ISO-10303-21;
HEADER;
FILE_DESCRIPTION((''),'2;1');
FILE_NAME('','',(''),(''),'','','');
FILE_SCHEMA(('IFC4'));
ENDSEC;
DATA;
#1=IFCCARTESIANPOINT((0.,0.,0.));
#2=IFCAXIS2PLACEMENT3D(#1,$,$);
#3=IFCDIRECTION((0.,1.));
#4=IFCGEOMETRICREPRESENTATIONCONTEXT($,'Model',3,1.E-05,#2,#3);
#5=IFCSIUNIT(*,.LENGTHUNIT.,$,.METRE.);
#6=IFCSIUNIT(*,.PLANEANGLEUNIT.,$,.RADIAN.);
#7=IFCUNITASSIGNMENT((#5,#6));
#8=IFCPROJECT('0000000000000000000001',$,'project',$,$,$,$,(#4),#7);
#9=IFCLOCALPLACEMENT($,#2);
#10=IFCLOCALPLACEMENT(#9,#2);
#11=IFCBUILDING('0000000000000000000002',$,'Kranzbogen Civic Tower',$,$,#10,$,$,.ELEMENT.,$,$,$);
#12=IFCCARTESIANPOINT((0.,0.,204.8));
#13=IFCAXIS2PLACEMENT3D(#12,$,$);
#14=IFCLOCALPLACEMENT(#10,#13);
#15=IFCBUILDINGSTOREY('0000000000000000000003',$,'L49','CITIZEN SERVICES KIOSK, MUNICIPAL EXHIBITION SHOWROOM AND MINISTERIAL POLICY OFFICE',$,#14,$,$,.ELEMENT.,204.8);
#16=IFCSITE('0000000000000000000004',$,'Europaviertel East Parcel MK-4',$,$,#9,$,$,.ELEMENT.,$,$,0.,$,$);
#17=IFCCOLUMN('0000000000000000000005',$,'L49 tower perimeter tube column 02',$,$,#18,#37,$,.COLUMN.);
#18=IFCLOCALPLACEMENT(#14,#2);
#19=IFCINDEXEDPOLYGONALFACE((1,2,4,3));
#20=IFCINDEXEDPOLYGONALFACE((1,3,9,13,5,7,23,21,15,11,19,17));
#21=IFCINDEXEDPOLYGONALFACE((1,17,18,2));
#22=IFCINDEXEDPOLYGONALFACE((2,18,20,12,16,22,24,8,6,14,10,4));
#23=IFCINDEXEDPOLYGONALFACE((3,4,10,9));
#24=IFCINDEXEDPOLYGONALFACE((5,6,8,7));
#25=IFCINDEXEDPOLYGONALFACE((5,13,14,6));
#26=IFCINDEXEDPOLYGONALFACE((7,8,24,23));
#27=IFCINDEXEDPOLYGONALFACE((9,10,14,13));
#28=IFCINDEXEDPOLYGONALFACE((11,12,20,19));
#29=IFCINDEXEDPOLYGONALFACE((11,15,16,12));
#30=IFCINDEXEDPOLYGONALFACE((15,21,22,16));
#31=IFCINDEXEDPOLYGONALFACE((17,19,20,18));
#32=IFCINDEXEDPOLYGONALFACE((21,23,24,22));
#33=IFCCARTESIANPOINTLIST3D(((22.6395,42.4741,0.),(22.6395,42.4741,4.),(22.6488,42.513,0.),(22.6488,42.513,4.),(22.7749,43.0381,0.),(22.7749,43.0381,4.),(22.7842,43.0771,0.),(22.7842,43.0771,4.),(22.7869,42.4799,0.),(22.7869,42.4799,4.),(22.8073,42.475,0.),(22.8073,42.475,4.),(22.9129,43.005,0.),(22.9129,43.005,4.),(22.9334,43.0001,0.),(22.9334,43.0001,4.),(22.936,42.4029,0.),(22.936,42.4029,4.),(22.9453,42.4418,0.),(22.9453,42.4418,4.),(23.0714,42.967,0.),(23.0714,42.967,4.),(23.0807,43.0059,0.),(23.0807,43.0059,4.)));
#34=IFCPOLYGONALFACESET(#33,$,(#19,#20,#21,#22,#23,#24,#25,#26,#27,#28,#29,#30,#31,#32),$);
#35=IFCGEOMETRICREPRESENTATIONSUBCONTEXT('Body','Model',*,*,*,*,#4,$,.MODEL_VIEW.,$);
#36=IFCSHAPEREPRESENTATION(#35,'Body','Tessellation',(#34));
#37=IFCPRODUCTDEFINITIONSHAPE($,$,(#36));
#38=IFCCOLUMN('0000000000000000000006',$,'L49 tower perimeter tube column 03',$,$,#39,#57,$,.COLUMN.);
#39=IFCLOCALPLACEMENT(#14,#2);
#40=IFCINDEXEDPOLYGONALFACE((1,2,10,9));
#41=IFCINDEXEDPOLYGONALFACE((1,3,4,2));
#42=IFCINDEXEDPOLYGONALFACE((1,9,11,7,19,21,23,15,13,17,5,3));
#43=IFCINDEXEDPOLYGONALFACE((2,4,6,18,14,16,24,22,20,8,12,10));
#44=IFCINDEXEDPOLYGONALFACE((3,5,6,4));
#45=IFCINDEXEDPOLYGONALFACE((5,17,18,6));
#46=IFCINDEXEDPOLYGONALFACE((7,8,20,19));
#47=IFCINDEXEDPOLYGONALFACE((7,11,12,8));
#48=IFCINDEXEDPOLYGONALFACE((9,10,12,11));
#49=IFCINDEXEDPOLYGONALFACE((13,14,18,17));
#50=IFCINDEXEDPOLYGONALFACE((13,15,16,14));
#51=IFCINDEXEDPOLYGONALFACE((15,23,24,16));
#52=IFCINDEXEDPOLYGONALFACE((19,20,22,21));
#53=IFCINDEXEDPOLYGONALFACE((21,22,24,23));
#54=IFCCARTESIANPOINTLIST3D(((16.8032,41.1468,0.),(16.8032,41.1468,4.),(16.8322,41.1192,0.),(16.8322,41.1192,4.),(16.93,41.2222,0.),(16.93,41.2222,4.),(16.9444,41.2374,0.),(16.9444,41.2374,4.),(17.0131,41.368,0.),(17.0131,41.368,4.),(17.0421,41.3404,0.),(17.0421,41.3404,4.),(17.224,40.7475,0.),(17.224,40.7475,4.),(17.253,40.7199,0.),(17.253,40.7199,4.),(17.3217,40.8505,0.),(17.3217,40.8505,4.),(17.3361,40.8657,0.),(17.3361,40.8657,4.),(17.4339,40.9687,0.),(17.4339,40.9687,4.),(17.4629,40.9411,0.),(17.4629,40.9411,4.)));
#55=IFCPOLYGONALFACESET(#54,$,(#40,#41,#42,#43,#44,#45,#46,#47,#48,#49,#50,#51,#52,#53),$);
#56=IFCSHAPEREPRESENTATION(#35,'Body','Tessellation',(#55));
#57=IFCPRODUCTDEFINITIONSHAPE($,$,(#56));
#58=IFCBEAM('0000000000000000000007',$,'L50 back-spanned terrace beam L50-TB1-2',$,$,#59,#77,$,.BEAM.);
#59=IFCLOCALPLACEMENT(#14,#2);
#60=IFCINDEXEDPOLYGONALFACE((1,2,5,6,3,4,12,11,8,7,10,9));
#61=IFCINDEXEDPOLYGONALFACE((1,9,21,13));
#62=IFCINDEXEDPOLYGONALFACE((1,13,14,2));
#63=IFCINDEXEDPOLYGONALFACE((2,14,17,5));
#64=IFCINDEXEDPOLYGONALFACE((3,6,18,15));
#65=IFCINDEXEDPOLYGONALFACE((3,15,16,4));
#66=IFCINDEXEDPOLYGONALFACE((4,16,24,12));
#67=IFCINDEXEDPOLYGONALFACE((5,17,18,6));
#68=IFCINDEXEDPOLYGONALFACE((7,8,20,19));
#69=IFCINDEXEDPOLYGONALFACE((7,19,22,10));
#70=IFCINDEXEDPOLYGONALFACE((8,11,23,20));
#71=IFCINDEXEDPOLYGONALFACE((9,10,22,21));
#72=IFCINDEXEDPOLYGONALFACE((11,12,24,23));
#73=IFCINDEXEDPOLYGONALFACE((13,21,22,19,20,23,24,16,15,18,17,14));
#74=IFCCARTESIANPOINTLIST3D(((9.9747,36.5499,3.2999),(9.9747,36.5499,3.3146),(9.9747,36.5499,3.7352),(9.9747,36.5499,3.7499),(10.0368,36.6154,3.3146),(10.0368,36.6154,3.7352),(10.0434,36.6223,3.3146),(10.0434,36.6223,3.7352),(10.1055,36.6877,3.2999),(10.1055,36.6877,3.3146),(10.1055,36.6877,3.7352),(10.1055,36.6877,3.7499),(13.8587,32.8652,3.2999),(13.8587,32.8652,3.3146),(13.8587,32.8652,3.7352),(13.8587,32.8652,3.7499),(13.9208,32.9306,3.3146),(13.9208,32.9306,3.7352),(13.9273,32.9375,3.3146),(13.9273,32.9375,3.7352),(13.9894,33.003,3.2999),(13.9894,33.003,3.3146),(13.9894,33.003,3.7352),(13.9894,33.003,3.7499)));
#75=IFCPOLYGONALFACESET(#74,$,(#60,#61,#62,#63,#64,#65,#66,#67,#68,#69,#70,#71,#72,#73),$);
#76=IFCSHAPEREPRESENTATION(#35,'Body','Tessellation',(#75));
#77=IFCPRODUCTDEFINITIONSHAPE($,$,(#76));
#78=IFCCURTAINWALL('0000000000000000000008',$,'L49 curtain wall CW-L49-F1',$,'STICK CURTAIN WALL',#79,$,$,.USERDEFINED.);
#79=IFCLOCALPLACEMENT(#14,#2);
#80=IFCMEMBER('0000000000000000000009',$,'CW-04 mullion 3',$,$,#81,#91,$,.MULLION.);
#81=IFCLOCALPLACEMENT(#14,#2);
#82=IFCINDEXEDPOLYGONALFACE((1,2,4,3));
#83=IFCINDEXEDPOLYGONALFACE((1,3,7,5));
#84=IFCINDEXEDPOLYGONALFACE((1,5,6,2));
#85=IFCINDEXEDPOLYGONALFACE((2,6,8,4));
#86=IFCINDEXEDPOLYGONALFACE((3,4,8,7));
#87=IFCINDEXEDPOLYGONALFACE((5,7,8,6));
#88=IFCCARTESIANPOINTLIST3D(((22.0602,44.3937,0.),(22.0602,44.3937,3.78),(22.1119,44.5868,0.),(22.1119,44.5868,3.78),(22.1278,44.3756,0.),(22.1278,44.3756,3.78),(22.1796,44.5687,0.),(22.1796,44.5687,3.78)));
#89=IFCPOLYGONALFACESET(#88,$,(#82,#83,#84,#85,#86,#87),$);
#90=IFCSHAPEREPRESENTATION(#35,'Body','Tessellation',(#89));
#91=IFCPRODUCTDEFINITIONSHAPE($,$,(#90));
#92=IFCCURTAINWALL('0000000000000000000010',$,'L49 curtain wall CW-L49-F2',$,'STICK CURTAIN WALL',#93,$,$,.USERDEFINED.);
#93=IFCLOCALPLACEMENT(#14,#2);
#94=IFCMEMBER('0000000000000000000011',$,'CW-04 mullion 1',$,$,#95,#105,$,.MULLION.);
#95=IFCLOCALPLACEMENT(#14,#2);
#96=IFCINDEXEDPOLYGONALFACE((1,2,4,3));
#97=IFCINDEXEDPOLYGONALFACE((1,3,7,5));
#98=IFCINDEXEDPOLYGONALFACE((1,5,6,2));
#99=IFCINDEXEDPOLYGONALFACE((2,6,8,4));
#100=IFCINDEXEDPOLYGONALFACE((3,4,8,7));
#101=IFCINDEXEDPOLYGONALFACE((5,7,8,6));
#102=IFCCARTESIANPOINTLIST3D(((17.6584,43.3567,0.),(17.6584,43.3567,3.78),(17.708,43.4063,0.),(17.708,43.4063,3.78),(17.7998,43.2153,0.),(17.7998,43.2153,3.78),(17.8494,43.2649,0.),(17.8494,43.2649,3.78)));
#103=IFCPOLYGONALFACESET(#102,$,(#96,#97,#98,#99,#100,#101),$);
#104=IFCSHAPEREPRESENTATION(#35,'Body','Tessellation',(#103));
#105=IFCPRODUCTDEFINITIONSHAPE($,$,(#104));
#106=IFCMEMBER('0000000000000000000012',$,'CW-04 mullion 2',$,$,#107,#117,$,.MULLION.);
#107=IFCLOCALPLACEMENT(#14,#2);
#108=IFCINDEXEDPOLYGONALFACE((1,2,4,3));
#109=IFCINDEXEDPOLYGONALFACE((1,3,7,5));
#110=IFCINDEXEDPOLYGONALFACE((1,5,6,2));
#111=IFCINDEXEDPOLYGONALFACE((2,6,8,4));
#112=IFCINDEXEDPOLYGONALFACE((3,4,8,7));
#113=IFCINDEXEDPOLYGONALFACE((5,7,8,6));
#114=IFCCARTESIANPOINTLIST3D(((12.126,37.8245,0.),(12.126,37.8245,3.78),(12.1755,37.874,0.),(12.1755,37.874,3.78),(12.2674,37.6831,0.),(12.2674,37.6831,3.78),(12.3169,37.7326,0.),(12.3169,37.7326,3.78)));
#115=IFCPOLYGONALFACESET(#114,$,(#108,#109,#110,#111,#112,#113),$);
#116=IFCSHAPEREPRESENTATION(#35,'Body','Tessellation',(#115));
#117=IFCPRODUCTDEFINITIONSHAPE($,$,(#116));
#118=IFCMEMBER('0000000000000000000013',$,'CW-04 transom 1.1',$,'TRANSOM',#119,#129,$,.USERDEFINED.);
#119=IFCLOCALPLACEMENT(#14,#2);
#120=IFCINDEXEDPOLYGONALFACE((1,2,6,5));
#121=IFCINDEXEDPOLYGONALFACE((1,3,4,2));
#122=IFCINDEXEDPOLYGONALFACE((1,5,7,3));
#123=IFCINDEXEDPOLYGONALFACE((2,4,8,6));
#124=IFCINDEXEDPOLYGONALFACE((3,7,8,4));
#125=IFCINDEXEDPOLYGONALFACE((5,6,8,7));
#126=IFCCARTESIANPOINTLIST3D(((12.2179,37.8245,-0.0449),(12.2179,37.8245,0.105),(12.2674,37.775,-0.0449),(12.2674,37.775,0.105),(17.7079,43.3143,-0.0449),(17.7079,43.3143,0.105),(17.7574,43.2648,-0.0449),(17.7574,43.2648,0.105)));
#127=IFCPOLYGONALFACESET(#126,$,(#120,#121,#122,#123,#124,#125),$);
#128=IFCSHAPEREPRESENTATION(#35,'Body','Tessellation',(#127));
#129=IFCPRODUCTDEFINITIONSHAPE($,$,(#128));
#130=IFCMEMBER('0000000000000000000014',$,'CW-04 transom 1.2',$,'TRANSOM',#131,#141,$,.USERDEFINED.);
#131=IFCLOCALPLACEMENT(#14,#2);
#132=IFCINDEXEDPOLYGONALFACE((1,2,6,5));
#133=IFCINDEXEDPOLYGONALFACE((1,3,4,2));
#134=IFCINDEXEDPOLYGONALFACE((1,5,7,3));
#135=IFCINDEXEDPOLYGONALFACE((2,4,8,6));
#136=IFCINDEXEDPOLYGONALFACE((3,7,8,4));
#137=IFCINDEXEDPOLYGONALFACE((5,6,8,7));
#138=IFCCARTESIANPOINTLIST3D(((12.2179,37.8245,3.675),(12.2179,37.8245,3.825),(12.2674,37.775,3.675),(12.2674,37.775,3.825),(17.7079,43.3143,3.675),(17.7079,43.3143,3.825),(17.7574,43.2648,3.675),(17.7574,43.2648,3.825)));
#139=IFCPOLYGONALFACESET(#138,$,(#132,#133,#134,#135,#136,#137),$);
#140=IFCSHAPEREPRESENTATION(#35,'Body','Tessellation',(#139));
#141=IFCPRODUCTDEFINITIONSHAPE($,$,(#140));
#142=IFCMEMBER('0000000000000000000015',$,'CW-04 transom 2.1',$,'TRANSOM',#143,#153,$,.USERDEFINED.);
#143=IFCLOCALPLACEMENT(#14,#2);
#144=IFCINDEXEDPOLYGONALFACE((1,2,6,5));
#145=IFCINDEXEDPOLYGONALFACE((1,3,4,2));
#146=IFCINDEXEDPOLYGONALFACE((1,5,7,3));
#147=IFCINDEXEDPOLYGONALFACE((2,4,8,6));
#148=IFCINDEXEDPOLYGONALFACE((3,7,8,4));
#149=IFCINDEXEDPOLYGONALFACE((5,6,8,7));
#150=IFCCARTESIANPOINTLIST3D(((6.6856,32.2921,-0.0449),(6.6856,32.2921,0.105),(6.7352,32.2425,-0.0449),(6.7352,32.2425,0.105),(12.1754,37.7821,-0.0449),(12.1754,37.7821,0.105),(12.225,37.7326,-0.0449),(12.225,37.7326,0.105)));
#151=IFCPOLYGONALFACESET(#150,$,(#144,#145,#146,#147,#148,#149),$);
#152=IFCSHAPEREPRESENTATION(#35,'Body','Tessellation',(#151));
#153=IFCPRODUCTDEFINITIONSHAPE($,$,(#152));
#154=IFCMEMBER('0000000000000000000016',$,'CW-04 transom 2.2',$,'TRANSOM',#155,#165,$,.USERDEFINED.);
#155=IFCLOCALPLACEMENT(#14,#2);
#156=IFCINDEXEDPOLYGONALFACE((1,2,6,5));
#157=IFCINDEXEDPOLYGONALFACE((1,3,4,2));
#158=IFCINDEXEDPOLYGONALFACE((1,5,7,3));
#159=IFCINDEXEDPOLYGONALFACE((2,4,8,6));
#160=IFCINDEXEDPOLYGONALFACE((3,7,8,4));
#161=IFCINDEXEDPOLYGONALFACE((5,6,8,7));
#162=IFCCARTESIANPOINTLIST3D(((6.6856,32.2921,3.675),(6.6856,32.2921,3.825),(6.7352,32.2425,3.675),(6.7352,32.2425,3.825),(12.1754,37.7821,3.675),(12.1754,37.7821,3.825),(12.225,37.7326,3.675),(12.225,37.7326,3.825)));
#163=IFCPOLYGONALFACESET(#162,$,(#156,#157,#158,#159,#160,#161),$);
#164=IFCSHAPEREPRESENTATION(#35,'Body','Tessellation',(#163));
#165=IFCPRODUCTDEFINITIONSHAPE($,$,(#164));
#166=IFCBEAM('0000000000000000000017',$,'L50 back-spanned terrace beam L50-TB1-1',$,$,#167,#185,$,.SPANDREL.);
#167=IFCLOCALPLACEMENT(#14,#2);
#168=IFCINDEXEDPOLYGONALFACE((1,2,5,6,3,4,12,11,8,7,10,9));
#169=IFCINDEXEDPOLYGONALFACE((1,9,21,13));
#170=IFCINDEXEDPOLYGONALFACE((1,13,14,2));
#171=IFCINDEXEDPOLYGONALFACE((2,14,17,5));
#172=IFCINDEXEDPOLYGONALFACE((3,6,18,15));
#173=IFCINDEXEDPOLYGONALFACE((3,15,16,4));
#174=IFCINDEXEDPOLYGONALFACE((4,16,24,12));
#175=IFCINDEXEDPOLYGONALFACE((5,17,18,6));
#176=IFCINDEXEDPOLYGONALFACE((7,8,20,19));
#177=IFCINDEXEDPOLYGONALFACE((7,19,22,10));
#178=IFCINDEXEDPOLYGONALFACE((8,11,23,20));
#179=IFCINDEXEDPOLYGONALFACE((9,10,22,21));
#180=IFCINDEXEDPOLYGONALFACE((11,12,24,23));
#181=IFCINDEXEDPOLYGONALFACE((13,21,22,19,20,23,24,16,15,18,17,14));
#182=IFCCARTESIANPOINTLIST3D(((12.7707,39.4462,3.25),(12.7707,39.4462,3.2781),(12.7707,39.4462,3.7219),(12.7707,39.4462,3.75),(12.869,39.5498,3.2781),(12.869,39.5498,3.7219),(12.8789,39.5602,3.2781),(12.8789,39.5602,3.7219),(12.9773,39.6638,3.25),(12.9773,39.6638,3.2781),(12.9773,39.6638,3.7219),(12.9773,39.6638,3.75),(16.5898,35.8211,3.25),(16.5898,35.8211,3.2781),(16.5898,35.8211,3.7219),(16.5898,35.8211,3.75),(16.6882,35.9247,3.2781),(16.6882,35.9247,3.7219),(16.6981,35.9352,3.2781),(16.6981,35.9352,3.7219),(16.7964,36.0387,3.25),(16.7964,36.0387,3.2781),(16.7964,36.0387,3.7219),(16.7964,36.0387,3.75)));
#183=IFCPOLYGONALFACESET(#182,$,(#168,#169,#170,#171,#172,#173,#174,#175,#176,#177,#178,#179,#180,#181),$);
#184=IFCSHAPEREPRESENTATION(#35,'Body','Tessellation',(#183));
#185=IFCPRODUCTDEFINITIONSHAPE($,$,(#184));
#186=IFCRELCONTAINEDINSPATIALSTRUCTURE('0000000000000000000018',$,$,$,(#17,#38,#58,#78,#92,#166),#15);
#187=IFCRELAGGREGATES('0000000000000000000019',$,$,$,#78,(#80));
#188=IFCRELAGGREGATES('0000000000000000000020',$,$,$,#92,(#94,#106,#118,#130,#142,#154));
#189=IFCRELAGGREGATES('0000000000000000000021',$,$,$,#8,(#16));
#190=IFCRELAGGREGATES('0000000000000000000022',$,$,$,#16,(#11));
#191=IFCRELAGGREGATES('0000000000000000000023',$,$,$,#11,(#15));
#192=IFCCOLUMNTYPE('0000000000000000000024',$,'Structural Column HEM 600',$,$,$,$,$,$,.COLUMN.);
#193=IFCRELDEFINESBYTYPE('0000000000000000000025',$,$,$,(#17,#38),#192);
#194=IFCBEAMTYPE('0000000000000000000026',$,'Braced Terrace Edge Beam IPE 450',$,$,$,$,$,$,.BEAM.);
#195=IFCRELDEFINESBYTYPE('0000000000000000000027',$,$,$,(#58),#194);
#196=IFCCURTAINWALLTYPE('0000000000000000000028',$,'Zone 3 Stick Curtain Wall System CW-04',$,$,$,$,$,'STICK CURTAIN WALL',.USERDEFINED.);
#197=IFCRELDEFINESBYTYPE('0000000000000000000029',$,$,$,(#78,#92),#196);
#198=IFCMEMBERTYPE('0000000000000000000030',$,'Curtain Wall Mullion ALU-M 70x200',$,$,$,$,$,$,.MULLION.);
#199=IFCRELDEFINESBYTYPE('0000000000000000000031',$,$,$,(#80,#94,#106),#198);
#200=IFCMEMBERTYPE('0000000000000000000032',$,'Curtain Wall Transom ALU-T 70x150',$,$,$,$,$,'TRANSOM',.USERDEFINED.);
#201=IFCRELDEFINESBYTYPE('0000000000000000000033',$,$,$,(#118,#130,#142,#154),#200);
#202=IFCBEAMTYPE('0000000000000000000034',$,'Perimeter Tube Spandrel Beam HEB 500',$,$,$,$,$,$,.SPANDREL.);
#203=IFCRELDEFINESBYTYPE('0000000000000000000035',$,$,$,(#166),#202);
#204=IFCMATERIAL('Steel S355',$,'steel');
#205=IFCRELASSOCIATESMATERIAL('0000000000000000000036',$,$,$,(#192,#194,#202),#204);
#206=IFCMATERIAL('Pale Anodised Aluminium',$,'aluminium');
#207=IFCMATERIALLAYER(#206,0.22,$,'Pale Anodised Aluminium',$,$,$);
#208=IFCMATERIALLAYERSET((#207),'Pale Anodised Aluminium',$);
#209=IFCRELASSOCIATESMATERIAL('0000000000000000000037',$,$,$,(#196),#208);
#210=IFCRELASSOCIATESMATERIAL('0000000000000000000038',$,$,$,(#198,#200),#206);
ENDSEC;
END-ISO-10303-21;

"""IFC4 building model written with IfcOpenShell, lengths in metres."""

from ifc_helpers import new_model, si_unit, direction, frame, origin, origin_2d, place, context, subcontext, project, spatial, rectangle, i_section, extrude, material, layer, layer_set, material_profile, profile_set, type_object, element, aggregate, save


model = new_model("IFC4")

# Units and contexts
model_context = context("Model", 3, precision=1e-05, world=origin(), true_north=direction((0.0, 1.0)))
body_context = subcontext(model_context, "Body", "Model", "MODEL_VIEW")
ifc_project = project(units=[si_unit("LENGTHUNIT", "METRE"), si_unit("PLANEANGLEUNIT", "RADIAN")], contexts=[model_context])

# Site, building, storey
site_placement = place(None, origin())
site = spatial("IfcSite", under=ifc_project, at=site_placement, Name="Europaviertel East Parcel MK-4", CompositionType="ELEMENT", RefElevation=0.0)
building_placement = place(site_placement, origin())
building = spatial("IfcBuilding", under=site, at=building_placement, Name="Kranzbogen Civic Tower", CompositionType="ELEMENT")
storey_placement = place(building_placement, frame((0.0, 0.0, 204.8)))
storey = spatial("IfcBuildingStorey", under=building, at=storey_placement, Name="L49", Description="CITIZEN SERVICES KIOSK, MUNICIPAL EXHIBITION SHOWROOM AND MINISTERIAL POLICY OFFICE", CompositionType="ELEMENT", Elevation=204.8)

# Columns
ifc_material_1 = material(Name="Steel S355", Category="steel")
ifc_material_profile_1 = material_profile(ifc_material_1, i_section(OverallWidth=0.3049, OverallDepth=0.6201, WebThickness=0.021, FlangeThickness=0.04, at=origin_2d()), Name="HEM 600")
ifc_profile_set_1 = profile_set([ifc_material_profile_1], Name="Steel S355")
column_type = type_object("IfcColumnType", Name="Structural Column HEM 600", PredefinedType="COLUMN", material=ifc_profile_set_1)
for number, where, z_axis, x_axis, name in (
    (1, (22.8601, 42.74, 0.0), (0.0, 0.0, 1.0), (-0.97237, 0.233445, 0.0), "L49 tower perimeter tube column 02"),
    (2, (17.1331, 41.0439, 0.0), (0.0, 0.0, 1.0), (0.688355, 0.725374, 0.0), "L49 tower perimeter tube column 03"),
):
    element("IfcColumn", number, at=place(storey_placement, frame(where, z_axis=z_axis, x_axis=x_axis)), inside=storey, type_object=column_type, Name=name, PredefinedType="COLUMN", context=body_context, shape_type="SweptSolid", body=[
        extrude(i_section(OverallWidth=0.3049, OverallDepth=0.6201, WebThickness=0.021, FlangeThickness=0.04, at=origin_2d()), origin(), (0.0, 0.0, 1.0), 4.0),
    ])

# Beam
ifc_material_profile_2 = material_profile(ifc_material_1, i_section(OverallWidth=0.1899, OverallDepth=0.45, WebThickness=0.0095, FlangeThickness=0.0146, at=origin_2d()), Name="IPE 450")
ifc_profile_set_2 = profile_set([ifc_material_profile_2], Name="Steel S355")
beam_type_1 = type_object("IfcBeamType", Name="Braced Terrace Edge Beam IPE 450", PredefinedType="BEAM", material=ifc_profile_set_2)
beam_1_placement = place(storey_placement, frame((13.9241, 32.9341, 3.5249), z_axis=(-0.725467, 0.688257, 0.0), x_axis=(-0.688257, -0.725467, 0.0)))
element("IfcBeam", 3, at=beam_1_placement, inside=storey, type_object=beam_type_1, Name="L50 back-spanned terrace beam L50-TB1-2", PredefinedType="BEAM", context=body_context, shape_type="SweptSolid", body=[
    extrude(i_section(OverallWidth=0.1899, OverallDepth=0.45, WebThickness=0.0095, FlangeThickness=0.0146, at=origin_2d()), origin(), (0.0, 0.0, 1.0), 5.3538),
])

# Curtain wall, member
ifc_material_2 = material(Name="Pale Anodised Aluminium", Category="aluminium")
ifc_layer_1 = layer(ifc_material_2, 0.22, Name="Pale Anodised Aluminium")
ifc_layer_set_1 = layer_set([ifc_layer_1], Name="Pale Anodised Aluminium")
curtain_wall_type = type_object("IfcCurtainWallType", Name="Zone 3 Stick Curtain Wall System CW-04", ElementType="STICK CURTAIN WALL", PredefinedType="USERDEFINED", material=ifc_layer_set_1)
curtain_wall_1_placement = place(storey_placement, origin())
curtain_wall_1 = element("IfcCurtainWall", 4, at=curtain_wall_1_placement, inside=storey, type_object=curtain_wall_type, Name="L49 curtain wall CW-L49-F1", ObjectType="STICK CURTAIN WALL", PredefinedType="USERDEFINED")
ifc_material_profile_3 = material_profile(ifc_material_2, rectangle(XDim=0.0701, YDim=0.2, at=origin_2d()), Name="ALU-M 70x200")
ifc_profile_set_3 = profile_set([ifc_material_profile_3], Name="Pale Anodised Aluminium")
member_type_1 = type_object("IfcMemberType", Name="Curtain Wall Mullion ALU-M 70x200", PredefinedType="MULLION", material=ifc_profile_set_3)
member_1_placement = place(storey_placement, frame((22.1199, 44.4812, 0.0), z_axis=(0.0, 0.0, 1.0), x_axis=(-0.965919, 0.258843, 0.0)))
member_1 = element("IfcMember", 5, at=member_1_placement, type_object=member_type_1, Name="CW-04 mullion 3", PredefinedType="MULLION", context=body_context, shape_type="SweptSolid", body=[
    extrude(rectangle(XDim=0.0701, YDim=0.2, at=origin_2d()), origin(), (0.0, 0.0, 1.0), 3.78),
])
aggregate(curtain_wall_1, [member_1])

# Curtain wall, members
curtain_wall_2_placement = place(storey_placement, origin())
curtain_wall_2 = element("IfcCurtainWall", 6, at=curtain_wall_2_placement, inside=storey, type_object=curtain_wall_type, Name="L49 curtain wall CW-L49-F2", ObjectType="STICK CURTAIN WALL", PredefinedType="USERDEFINED")
member_2_placement = place(storey_placement, frame((17.7539, 43.3108, 0.0), z_axis=(0.0, 0.0, 1.0), x_axis=(-0.707107, -0.707107, 0.0)))
member_2 = element("IfcMember", 7, at=member_2_placement, type_object=member_type_1, Name="CW-04 mullion 1", PredefinedType="MULLION", context=body_context, shape_type="SweptSolid", body=[
    extrude(rectangle(XDim=0.0701, YDim=0.2, at=origin_2d()), origin(), (0.0, 0.0, 1.0), 3.78),
])
member_3_placement = place(storey_placement, frame((12.2214, 37.7786, 0.0), z_axis=(0.0, 0.0, 1.0), x_axis=(-0.707107, -0.707107, 0.0)))
member_3 = element("IfcMember", 8, at=member_3_placement, type_object=member_type_1, Name="CW-04 mullion 2", PredefinedType="MULLION", context=body_context, shape_type="SweptSolid", body=[
    extrude(rectangle(XDim=0.0701, YDim=0.2, at=origin_2d()), origin(), (0.0, 0.0, 1.0), 3.78),
])
ifc_material_profile_4 = material_profile(ifc_material_2, rectangle(XDim=0.0701, YDim=0.1499, at=origin_2d()), Name="ALU-T 70x150")
ifc_profile_set_4 = profile_set([ifc_material_profile_4], Name="Pale Anodised Aluminium")
member_type_2 = type_object("IfcMemberType", Name="Curtain Wall Transom ALU-T 70x150", ElementType="TRANSOM", PredefinedType="USERDEFINED", material=ifc_profile_set_4)
member_4_placement = place(storey_placement, frame((17.7327, 43.2896, 0.03), z_axis=(-0.707123, -0.707091, 0.0), x_axis=(0.707091, -0.707123, 0.0)))
member_4 = element("IfcMember", 9, at=member_4_placement, type_object=member_type_2, Name="CW-04 transom 1.1", ObjectType="TRANSOM", PredefinedType="USERDEFINED", context=body_context, shape_type="SweptSolid", body=[
    extrude(rectangle(XDim=0.0701, YDim=0.1499, at=origin_2d()), origin(), (0.0, 0.0, 1.0), 7.7639),
])
member_5_placement = place(storey_placement, frame((17.7327, 43.2896, 3.75), z_axis=(-0.707123, -0.707091, 0.0), x_axis=(0.707091, -0.707123, 0.0)))
member_5 = element("IfcMember", 10, at=member_5_placement, type_object=member_type_2, Name="CW-04 transom 1.2", ObjectType="TRANSOM", PredefinedType="USERDEFINED", context=body_context, shape_type="SweptSolid", body=[
    extrude(rectangle(XDim=0.0701, YDim=0.1499, at=origin_2d()), origin(), (0.0, 0.0, 1.0), 7.7639),
])
member_6_placement = place(storey_placement, frame((12.2002, 37.7573, 0.03), z_axis=(-0.707091, -0.707123, 0.0), x_axis=(0.707123, -0.707091, 0.0)))
member_6 = element("IfcMember", 11, at=member_6_placement, type_object=member_type_2, Name="CW-04 transom 2.1", ObjectType="TRANSOM", PredefinedType="USERDEFINED", context=body_context, shape_type="SweptSolid", body=[
    extrude(rectangle(XDim=0.0701, YDim=0.1499, at=origin_2d()), origin(), (0.0, 0.0, 1.0), 7.7639),
])
member_7_placement = place(storey_placement, frame((12.2002, 37.7573, 3.75), z_axis=(-0.707091, -0.707123, 0.0), x_axis=(0.707123, -0.707091, 0.0)))
member_7 = element("IfcMember", 12, at=member_7_placement, type_object=member_type_2, Name="CW-04 transom 2.2", ObjectType="TRANSOM", PredefinedType="USERDEFINED", context=body_context, shape_type="SweptSolid", body=[
    extrude(rectangle(XDim=0.0701, YDim=0.1499, at=origin_2d()), origin(), (0.0, 0.0, 1.0), 7.7639),
])

# Beam
ifc_material_profile_5 = material_profile(ifc_material_1, i_section(OverallWidth=0.3, OverallDepth=0.5, WebThickness=0.0144, FlangeThickness=0.0281, at=origin_2d()), Name="HEB 500")
ifc_profile_set_5 = profile_set([ifc_material_profile_5], Name="Steel S355")
beam_type_2 = type_object("IfcBeamType", Name="Perimeter Tube Spandrel Beam HEB 500", PredefinedType="SPANDREL", material=ifc_profile_set_5)
beam_2_placement = place(storey_placement, frame((16.6931, 35.9299, 3.5), z_axis=(-0.725297, 0.688436, 0.0), x_axis=(-0.688436, -0.725297, 0.0)))
element("IfcBeam", 13, at=beam_2_placement, inside=storey, type_object=beam_type_2, Name="L50 back-spanned terrace beam L50-TB1-1", PredefinedType="SPANDREL", context=body_context, shape_type="SweptSolid", body=[
    extrude(i_section(OverallWidth=0.3, OverallDepth=0.5, WebThickness=0.0144, FlangeThickness=0.0281, at=origin_2d()), origin(), (0.0, 0.0, 1.0), 5.2656),
])

aggregate(curtain_wall_2, [member_2, member_3, member_4, member_5, member_6, member_7])

save(model, "model.ifc")
